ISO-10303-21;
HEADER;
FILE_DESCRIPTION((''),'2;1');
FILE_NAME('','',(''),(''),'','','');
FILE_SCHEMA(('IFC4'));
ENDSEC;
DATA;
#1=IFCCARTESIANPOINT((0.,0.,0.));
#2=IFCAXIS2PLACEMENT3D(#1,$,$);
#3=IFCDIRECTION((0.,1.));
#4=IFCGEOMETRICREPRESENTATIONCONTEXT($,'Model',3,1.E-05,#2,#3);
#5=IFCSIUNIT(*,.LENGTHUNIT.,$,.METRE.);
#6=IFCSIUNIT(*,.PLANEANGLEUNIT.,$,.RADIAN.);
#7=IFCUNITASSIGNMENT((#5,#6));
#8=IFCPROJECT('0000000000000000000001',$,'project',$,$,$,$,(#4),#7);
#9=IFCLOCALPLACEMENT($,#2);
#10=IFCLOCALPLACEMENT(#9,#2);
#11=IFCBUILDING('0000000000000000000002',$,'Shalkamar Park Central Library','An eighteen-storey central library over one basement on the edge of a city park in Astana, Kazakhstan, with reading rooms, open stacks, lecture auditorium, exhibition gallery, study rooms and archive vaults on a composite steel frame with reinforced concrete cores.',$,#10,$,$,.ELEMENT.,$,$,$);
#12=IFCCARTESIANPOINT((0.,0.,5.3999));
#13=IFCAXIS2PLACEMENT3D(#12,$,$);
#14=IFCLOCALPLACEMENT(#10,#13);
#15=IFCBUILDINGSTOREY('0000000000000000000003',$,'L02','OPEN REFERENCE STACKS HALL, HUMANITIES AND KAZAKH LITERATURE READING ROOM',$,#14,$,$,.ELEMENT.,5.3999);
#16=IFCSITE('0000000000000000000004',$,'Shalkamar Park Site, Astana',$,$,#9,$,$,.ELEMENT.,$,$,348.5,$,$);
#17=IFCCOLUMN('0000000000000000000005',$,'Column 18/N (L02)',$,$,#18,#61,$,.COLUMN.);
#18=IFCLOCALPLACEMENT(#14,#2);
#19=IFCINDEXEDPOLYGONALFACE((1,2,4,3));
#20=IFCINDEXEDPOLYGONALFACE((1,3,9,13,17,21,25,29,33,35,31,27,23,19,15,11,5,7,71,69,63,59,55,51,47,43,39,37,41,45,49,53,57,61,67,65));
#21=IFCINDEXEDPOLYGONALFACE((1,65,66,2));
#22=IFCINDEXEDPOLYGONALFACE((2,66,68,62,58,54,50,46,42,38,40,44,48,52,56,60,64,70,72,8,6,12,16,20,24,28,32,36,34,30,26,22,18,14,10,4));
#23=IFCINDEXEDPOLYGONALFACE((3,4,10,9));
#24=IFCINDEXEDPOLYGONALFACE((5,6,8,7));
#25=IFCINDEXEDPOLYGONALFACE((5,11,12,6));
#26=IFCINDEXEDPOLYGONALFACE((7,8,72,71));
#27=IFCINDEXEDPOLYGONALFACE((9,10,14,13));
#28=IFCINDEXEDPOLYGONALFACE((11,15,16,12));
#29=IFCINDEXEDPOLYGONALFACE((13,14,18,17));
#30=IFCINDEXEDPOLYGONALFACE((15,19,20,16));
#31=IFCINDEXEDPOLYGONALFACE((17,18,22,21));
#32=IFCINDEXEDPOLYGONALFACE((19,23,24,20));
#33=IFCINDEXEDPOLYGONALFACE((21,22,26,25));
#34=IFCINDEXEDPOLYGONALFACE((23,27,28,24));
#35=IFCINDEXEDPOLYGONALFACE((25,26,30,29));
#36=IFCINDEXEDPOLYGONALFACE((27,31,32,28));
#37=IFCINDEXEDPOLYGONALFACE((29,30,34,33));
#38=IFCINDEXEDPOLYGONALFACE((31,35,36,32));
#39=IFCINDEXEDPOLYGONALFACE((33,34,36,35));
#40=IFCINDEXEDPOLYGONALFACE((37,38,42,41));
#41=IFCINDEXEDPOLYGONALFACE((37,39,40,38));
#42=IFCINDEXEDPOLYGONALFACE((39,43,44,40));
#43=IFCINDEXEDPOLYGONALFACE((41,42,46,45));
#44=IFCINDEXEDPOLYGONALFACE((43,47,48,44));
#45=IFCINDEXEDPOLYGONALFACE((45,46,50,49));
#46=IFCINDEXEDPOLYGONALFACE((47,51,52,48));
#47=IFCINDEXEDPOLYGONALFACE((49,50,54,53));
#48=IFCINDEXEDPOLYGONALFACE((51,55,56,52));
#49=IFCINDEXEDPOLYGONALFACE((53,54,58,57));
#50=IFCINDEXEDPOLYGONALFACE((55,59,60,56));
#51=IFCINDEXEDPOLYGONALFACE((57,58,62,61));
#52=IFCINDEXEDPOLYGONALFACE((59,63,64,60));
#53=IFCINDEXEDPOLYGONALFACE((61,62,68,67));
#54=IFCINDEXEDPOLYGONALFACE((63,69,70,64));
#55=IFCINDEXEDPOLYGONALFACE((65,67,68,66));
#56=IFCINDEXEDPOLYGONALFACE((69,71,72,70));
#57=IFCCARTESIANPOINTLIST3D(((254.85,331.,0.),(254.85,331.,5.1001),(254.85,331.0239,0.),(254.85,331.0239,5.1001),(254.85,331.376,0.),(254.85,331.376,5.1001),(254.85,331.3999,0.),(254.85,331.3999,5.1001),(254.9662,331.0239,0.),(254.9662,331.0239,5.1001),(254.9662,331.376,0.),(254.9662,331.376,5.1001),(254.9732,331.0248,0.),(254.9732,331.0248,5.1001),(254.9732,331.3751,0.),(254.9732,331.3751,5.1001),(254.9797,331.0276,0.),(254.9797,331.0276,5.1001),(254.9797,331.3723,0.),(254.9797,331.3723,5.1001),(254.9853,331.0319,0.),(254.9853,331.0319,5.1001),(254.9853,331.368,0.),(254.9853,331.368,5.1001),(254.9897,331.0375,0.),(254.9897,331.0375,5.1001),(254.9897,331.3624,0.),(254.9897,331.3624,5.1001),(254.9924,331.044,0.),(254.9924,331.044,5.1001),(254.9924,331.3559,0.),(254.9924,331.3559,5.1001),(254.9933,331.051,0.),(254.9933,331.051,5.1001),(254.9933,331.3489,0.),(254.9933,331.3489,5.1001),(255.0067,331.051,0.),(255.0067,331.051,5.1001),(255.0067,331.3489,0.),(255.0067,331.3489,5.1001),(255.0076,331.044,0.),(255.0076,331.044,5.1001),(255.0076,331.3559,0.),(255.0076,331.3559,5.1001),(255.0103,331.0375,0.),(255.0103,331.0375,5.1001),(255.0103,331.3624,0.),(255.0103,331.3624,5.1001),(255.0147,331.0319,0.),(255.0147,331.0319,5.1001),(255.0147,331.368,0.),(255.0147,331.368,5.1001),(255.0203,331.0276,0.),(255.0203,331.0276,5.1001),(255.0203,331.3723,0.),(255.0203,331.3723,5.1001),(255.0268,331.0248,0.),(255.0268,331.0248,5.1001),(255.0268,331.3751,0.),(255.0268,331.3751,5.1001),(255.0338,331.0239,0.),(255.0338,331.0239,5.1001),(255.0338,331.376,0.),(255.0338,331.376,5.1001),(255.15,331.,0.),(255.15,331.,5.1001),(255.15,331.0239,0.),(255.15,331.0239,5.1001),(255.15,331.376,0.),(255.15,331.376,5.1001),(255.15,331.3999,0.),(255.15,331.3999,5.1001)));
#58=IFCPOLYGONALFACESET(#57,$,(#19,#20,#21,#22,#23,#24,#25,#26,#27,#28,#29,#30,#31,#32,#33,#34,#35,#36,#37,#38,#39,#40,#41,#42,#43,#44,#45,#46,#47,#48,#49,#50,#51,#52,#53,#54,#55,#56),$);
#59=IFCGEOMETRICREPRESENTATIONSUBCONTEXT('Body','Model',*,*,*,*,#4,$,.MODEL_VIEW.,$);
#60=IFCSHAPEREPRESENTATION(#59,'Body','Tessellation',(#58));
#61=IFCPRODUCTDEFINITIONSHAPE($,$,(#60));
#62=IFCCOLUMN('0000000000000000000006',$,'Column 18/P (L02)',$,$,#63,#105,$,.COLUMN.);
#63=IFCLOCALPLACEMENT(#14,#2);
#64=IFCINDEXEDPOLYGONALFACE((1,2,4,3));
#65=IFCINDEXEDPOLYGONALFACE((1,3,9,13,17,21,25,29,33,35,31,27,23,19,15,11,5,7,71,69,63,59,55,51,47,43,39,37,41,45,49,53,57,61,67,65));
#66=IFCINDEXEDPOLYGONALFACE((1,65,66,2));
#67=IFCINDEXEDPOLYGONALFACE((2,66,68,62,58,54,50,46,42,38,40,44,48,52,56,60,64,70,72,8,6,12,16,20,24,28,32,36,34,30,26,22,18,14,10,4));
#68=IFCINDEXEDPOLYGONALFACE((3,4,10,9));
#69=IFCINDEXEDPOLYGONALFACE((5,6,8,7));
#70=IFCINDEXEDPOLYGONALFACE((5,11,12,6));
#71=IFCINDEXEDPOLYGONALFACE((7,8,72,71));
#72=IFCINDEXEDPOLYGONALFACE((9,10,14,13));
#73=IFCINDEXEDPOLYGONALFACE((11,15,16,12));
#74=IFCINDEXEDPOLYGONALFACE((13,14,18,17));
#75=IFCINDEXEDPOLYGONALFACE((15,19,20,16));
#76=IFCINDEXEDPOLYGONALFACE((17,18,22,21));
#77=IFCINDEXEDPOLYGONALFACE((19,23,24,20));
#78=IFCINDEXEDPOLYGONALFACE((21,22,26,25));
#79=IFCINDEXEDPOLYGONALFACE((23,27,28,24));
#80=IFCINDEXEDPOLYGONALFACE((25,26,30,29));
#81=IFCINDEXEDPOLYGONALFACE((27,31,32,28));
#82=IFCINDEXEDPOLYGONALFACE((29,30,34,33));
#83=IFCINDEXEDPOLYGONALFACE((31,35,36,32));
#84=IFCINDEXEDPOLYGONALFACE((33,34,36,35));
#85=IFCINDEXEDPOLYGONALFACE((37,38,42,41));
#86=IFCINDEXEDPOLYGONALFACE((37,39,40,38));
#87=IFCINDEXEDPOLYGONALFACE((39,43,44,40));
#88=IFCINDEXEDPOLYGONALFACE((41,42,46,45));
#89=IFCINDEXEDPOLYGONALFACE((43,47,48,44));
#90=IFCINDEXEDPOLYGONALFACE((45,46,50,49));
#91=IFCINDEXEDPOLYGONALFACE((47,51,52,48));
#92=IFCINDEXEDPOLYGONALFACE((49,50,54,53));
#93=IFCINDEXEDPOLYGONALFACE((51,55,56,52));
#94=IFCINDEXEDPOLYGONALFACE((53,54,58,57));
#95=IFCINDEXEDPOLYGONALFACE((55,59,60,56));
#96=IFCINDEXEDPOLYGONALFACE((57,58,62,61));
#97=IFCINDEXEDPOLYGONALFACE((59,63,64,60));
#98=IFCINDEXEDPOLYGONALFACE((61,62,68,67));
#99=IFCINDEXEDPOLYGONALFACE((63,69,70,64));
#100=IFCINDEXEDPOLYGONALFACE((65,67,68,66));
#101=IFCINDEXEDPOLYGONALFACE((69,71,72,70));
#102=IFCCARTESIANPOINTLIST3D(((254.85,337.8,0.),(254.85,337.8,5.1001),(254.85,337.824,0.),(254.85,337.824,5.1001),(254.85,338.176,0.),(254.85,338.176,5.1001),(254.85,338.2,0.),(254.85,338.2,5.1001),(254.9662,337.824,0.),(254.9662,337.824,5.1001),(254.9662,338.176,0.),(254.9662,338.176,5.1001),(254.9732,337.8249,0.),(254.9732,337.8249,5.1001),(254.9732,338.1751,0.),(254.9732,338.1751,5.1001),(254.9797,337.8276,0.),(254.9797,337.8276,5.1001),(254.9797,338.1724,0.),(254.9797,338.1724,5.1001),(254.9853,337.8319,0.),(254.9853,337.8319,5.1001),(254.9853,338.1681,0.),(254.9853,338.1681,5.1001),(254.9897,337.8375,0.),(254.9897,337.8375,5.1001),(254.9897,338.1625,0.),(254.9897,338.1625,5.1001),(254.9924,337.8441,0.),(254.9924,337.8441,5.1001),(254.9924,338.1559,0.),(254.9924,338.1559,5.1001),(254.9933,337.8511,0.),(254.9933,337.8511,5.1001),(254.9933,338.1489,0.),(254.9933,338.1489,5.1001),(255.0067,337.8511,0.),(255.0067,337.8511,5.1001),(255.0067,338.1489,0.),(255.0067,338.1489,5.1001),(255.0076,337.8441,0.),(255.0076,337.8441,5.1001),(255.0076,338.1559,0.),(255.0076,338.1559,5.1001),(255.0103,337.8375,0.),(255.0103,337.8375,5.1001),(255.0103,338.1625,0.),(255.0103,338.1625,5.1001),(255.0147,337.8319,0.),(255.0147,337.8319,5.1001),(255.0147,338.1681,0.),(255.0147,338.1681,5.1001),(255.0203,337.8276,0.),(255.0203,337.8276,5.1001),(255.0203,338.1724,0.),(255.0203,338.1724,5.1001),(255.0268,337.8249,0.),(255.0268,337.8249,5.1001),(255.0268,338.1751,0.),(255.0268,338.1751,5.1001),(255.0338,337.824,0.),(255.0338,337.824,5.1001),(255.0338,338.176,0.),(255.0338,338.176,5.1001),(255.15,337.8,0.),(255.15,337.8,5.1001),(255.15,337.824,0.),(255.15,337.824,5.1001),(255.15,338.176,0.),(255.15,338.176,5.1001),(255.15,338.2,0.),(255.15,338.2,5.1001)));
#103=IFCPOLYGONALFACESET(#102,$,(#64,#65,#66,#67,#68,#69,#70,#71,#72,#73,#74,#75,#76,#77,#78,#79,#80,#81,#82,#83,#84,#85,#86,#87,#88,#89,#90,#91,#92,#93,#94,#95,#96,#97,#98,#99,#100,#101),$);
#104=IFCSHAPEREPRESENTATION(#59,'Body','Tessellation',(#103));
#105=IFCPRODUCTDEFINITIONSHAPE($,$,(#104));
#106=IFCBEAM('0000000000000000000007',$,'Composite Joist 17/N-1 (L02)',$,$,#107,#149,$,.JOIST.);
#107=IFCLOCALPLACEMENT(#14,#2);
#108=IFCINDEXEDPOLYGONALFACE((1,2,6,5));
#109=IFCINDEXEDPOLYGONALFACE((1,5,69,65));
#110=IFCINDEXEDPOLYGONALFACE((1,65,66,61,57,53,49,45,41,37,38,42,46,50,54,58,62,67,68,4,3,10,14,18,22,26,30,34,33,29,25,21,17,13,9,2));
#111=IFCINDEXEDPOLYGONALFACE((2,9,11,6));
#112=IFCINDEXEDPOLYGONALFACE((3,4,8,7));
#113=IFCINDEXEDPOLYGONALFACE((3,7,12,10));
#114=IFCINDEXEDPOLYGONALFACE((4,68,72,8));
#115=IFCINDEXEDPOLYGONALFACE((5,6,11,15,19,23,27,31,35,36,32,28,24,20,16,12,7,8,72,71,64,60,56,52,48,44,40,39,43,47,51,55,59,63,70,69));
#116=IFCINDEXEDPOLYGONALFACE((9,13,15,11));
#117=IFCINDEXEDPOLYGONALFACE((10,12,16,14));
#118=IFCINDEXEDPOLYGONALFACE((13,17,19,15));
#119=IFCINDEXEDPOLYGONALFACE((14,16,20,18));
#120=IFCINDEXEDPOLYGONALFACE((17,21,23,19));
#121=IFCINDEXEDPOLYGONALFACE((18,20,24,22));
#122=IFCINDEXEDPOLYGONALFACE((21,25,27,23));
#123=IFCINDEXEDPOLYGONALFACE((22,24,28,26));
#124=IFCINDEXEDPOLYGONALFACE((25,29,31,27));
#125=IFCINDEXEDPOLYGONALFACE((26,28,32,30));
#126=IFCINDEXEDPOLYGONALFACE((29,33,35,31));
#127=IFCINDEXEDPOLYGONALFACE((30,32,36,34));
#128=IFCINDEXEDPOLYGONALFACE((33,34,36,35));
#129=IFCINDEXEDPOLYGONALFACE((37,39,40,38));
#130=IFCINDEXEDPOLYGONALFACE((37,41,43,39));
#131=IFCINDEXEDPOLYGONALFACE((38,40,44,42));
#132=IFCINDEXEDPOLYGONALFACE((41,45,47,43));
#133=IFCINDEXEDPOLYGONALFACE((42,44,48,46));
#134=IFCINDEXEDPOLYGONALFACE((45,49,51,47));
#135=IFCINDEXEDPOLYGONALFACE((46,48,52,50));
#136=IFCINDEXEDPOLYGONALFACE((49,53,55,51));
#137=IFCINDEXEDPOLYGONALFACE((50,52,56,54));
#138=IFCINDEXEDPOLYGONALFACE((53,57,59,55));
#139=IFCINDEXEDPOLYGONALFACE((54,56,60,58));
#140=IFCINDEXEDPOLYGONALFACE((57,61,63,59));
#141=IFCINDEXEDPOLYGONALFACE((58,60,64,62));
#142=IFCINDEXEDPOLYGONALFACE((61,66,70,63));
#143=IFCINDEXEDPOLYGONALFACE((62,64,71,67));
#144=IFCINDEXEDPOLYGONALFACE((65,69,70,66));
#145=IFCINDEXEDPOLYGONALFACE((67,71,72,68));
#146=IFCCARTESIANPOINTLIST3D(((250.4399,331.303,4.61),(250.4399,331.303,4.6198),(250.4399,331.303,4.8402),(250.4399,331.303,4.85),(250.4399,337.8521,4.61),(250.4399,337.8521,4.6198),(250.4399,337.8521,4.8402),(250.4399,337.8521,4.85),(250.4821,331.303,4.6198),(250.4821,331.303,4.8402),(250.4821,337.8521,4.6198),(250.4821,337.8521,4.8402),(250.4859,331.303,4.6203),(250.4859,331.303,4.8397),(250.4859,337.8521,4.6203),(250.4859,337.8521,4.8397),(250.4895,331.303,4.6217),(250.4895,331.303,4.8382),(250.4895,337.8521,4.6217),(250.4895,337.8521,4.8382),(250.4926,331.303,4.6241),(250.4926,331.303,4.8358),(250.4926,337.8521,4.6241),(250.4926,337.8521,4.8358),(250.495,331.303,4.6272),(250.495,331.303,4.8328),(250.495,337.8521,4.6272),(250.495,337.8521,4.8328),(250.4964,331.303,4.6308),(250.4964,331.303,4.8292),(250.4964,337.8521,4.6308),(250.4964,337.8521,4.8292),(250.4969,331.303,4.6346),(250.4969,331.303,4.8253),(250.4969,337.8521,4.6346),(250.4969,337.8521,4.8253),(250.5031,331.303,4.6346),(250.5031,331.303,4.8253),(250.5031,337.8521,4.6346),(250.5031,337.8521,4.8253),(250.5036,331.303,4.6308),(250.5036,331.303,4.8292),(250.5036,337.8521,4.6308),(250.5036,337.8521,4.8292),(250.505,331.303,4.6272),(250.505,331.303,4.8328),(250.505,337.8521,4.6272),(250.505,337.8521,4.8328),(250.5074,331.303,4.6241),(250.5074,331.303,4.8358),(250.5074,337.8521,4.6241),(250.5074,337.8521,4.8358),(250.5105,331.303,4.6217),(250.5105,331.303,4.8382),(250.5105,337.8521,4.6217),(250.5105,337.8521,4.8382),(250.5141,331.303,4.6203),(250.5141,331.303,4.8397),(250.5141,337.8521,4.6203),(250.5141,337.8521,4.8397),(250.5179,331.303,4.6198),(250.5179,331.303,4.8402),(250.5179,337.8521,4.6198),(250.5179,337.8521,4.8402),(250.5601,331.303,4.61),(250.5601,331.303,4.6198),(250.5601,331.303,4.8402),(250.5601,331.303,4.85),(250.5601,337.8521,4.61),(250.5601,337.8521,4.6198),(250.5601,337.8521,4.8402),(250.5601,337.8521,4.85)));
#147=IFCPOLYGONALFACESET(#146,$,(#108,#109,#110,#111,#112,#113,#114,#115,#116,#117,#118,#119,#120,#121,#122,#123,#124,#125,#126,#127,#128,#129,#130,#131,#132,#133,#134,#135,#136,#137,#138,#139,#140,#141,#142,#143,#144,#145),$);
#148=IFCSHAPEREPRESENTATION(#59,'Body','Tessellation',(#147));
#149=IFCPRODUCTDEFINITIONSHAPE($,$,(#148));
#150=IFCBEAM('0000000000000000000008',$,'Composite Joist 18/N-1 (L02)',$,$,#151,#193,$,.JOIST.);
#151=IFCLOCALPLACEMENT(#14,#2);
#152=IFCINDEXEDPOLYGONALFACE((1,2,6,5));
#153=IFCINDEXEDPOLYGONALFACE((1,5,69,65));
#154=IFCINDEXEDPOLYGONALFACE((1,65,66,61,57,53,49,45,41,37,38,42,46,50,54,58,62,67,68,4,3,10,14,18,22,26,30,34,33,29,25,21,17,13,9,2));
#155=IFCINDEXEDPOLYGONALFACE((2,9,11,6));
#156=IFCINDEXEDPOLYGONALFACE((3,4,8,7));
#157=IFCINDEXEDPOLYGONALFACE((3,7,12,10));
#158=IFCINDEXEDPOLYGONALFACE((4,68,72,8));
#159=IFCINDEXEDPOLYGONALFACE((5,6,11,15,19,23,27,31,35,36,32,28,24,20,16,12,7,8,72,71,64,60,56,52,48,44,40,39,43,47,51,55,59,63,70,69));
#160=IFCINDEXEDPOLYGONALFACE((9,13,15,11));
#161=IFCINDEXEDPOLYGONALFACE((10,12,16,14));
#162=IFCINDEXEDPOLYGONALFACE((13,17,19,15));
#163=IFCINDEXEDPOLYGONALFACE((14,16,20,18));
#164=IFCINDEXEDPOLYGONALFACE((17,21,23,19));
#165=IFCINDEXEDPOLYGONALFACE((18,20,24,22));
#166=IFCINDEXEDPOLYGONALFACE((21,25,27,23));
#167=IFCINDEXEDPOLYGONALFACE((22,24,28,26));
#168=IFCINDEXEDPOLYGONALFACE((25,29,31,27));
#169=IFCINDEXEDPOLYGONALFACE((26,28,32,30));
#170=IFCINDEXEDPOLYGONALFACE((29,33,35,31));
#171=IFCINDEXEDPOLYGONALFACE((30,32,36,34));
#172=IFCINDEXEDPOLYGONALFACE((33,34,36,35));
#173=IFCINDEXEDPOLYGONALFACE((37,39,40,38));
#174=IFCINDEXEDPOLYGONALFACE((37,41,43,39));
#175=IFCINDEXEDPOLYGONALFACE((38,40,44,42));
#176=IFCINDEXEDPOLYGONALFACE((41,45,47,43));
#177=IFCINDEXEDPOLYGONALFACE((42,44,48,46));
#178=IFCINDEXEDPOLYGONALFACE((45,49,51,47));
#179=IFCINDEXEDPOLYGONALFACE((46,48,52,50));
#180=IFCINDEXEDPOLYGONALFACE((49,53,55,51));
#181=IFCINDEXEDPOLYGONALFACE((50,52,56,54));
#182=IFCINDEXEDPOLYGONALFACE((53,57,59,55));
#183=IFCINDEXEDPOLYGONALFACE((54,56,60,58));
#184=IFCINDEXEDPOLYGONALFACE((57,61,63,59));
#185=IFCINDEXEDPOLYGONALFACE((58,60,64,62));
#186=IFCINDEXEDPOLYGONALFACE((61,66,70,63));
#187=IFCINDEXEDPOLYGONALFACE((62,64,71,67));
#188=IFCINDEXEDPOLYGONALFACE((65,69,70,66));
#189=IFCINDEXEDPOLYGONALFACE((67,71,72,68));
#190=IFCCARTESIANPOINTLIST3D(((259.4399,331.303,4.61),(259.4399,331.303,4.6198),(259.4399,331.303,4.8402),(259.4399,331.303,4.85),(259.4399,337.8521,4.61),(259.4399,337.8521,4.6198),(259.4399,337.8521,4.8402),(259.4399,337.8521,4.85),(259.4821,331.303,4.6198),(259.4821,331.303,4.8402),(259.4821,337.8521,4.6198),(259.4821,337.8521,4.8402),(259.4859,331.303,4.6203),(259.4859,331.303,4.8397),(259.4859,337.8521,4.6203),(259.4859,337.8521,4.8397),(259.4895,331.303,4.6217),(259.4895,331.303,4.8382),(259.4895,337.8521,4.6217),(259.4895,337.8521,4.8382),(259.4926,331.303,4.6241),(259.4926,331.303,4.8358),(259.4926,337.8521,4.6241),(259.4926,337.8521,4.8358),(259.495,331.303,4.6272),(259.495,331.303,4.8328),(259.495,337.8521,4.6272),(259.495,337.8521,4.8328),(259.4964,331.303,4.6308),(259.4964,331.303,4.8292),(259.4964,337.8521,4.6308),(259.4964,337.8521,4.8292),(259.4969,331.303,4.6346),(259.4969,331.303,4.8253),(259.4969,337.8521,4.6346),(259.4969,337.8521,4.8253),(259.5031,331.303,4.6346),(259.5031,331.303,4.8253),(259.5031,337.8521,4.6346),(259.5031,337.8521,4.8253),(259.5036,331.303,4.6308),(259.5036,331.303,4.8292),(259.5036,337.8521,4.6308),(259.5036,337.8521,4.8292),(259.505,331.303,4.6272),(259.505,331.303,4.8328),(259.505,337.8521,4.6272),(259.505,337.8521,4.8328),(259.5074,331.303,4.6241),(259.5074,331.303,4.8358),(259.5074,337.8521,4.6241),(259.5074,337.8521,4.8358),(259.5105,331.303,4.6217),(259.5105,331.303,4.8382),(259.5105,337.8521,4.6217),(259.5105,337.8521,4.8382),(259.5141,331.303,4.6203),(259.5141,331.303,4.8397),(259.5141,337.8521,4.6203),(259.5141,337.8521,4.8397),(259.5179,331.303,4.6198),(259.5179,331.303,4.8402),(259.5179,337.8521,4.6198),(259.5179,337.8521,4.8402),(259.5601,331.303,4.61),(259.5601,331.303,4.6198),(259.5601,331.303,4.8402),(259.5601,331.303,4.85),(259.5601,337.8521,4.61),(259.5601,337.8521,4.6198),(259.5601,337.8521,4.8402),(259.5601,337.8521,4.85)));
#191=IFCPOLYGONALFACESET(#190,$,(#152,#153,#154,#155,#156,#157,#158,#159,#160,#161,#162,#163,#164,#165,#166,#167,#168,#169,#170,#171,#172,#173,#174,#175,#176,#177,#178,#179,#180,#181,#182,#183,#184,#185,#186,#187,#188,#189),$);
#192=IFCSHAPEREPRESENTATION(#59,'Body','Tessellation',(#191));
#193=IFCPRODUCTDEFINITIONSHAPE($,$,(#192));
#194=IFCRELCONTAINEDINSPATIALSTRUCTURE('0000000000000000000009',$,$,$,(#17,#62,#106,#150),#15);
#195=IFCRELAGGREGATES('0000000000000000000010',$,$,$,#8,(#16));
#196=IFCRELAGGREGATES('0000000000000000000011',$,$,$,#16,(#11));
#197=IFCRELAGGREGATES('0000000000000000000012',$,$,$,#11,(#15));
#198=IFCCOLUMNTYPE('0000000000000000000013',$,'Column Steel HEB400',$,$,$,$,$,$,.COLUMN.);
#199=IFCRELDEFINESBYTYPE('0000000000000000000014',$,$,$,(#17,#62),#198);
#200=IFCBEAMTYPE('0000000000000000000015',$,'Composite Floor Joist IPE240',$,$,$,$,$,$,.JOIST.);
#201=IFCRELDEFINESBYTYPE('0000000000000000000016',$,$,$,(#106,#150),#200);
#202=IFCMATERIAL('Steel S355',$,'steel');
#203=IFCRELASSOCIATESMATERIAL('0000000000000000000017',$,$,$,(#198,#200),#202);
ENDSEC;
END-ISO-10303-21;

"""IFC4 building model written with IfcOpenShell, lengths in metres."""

from ifc_helpers import new_model, si_unit, direction, frame, origin, origin_2d, place, context, subcontext, project, spatial, i_section, extrude, material, material_profile, profile_set, type_object, element, save


model = new_model("IFC4")

# Units and contexts
model_context = context("Model", 3, precision=1e-05, world=origin(), true_north=direction((0.0, 1.0)))
body_context = subcontext(model_context, "Body", "Model", "MODEL_VIEW")
ifc_project = project(units=[si_unit("LENGTHUNIT", "METRE"), si_unit("PLANEANGLEUNIT", "RADIAN")], contexts=[model_context])

# Site, building, storey
site_placement = place(None, origin())
site = spatial("IfcSite", under=ifc_project, at=site_placement, Name="Shalkamar Park Site, Astana", CompositionType="ELEMENT", RefElevation=348.5)
building_placement = place(site_placement, origin())
building = spatial("IfcBuilding", under=site, at=building_placement, Name="Shalkamar Park Central Library", Description="An eighteen-storey central library over one basement on the edge of a city park in Astana, Kazakhstan, with reading rooms, open stacks, lecture auditorium, exhibition gallery, study rooms and archive vaults on a composite steel frame with reinforced concrete cores.", CompositionType="ELEMENT")
storey_placement = place(building_placement, frame((0.0, 0.0, 5.3999)))
storey = spatial("IfcBuildingStorey", under=building, at=storey_placement, Name="L02", Description="OPEN REFERENCE STACKS HALL, HUMANITIES AND KAZAKH LITERATURE READING ROOM", CompositionType="ELEMENT", Elevation=5.3999)

# Columns
ifc_material_1 = material(Name="Steel S355", Category="steel")
ifc_material_profile_1 = material_profile(ifc_material_1, i_section(OverallWidth=0.3, OverallDepth=0.3999, WebThickness=0.0134, FlangeThickness=0.0239, FilletRadius=0.0271, at=origin_2d()), Name="HEB 400")
ifc_profile_set_1 = profile_set([ifc_material_profile_1], Name="Steel S355")
column_type = type_object("IfcColumnType", Name="Column Steel HEB400", PredefinedType="COLUMN", material=ifc_profile_set_1)
for number, where, z_axis, x_axis, name in (
    (1, (255.0, 331.2, 0.0), (0.0, 0.0, 1.0), (1.0, 0.0, 0.0), "Column 18/N (L02)"),
    (2, (255.0, 338.0, 0.0), (0.0, 0.0, 1.0), (1.0, 0.0, 0.0), "Column 18/P (L02)"),
):
    element("IfcColumn", number, at=place(storey_placement, frame(where, z_axis=z_axis, x_axis=x_axis)), inside=storey, type_object=column_type, Name=name, PredefinedType="COLUMN", context=body_context, shape_type="SweptSolid", body=[
        extrude(i_section(OverallWidth=0.3, OverallDepth=0.3999, WebThickness=0.0134, FlangeThickness=0.0239, FilletRadius=0.0271, at=origin_2d()), origin(), (0.0, 0.0, 1.0), 5.1001),
    ])

# Beams
ifc_material_profile_2 = material_profile(ifc_material_1, i_section(OverallWidth=0.1201, OverallDepth=0.24, WebThickness=0.0061, FlangeThickness=0.0098, FilletRadius=0.0149, at=origin_2d()), Name="IPE 240")
ifc_profile_set_2 = profile_set([ifc_material_profile_2], Name="Steel S355")
beam_type_1 = type_object("IfcBeamType", Name="Composite Floor Joist IPE240", PredefinedType="JOIST", material=ifc_profile_set_2)
for number, where, z_axis, x_axis, name in (
    (3, (250.5, 331.303, 4.73), (0.0, 1.0, 0.0), (-1.0, 0.0, 0.0), "Composite Joist 17/N-1 (L02)"),
    (4, (259.5, 331.303, 4.73), (0.0, 1.0, 0.0), (-1.0, 0.0, 0.0), "Composite Joist 18/N-1 (L02)"),
):
    element("IfcBeam", number, at=place(storey_placement, frame(where, z_axis=z_axis, x_axis=x_axis)), inside=storey, type_object=beam_type_1, Name=name, PredefinedType="JOIST", context=body_context, shape_type="SweptSolid", body=[
        extrude(i_section(OverallWidth=0.1201, OverallDepth=0.24, WebThickness=0.0061, FlangeThickness=0.0098, FilletRadius=0.0149, at=origin_2d()), origin(), (0.0, 0.0, 1.0), 6.5491),
    ])

save(model, "model.ifc")
